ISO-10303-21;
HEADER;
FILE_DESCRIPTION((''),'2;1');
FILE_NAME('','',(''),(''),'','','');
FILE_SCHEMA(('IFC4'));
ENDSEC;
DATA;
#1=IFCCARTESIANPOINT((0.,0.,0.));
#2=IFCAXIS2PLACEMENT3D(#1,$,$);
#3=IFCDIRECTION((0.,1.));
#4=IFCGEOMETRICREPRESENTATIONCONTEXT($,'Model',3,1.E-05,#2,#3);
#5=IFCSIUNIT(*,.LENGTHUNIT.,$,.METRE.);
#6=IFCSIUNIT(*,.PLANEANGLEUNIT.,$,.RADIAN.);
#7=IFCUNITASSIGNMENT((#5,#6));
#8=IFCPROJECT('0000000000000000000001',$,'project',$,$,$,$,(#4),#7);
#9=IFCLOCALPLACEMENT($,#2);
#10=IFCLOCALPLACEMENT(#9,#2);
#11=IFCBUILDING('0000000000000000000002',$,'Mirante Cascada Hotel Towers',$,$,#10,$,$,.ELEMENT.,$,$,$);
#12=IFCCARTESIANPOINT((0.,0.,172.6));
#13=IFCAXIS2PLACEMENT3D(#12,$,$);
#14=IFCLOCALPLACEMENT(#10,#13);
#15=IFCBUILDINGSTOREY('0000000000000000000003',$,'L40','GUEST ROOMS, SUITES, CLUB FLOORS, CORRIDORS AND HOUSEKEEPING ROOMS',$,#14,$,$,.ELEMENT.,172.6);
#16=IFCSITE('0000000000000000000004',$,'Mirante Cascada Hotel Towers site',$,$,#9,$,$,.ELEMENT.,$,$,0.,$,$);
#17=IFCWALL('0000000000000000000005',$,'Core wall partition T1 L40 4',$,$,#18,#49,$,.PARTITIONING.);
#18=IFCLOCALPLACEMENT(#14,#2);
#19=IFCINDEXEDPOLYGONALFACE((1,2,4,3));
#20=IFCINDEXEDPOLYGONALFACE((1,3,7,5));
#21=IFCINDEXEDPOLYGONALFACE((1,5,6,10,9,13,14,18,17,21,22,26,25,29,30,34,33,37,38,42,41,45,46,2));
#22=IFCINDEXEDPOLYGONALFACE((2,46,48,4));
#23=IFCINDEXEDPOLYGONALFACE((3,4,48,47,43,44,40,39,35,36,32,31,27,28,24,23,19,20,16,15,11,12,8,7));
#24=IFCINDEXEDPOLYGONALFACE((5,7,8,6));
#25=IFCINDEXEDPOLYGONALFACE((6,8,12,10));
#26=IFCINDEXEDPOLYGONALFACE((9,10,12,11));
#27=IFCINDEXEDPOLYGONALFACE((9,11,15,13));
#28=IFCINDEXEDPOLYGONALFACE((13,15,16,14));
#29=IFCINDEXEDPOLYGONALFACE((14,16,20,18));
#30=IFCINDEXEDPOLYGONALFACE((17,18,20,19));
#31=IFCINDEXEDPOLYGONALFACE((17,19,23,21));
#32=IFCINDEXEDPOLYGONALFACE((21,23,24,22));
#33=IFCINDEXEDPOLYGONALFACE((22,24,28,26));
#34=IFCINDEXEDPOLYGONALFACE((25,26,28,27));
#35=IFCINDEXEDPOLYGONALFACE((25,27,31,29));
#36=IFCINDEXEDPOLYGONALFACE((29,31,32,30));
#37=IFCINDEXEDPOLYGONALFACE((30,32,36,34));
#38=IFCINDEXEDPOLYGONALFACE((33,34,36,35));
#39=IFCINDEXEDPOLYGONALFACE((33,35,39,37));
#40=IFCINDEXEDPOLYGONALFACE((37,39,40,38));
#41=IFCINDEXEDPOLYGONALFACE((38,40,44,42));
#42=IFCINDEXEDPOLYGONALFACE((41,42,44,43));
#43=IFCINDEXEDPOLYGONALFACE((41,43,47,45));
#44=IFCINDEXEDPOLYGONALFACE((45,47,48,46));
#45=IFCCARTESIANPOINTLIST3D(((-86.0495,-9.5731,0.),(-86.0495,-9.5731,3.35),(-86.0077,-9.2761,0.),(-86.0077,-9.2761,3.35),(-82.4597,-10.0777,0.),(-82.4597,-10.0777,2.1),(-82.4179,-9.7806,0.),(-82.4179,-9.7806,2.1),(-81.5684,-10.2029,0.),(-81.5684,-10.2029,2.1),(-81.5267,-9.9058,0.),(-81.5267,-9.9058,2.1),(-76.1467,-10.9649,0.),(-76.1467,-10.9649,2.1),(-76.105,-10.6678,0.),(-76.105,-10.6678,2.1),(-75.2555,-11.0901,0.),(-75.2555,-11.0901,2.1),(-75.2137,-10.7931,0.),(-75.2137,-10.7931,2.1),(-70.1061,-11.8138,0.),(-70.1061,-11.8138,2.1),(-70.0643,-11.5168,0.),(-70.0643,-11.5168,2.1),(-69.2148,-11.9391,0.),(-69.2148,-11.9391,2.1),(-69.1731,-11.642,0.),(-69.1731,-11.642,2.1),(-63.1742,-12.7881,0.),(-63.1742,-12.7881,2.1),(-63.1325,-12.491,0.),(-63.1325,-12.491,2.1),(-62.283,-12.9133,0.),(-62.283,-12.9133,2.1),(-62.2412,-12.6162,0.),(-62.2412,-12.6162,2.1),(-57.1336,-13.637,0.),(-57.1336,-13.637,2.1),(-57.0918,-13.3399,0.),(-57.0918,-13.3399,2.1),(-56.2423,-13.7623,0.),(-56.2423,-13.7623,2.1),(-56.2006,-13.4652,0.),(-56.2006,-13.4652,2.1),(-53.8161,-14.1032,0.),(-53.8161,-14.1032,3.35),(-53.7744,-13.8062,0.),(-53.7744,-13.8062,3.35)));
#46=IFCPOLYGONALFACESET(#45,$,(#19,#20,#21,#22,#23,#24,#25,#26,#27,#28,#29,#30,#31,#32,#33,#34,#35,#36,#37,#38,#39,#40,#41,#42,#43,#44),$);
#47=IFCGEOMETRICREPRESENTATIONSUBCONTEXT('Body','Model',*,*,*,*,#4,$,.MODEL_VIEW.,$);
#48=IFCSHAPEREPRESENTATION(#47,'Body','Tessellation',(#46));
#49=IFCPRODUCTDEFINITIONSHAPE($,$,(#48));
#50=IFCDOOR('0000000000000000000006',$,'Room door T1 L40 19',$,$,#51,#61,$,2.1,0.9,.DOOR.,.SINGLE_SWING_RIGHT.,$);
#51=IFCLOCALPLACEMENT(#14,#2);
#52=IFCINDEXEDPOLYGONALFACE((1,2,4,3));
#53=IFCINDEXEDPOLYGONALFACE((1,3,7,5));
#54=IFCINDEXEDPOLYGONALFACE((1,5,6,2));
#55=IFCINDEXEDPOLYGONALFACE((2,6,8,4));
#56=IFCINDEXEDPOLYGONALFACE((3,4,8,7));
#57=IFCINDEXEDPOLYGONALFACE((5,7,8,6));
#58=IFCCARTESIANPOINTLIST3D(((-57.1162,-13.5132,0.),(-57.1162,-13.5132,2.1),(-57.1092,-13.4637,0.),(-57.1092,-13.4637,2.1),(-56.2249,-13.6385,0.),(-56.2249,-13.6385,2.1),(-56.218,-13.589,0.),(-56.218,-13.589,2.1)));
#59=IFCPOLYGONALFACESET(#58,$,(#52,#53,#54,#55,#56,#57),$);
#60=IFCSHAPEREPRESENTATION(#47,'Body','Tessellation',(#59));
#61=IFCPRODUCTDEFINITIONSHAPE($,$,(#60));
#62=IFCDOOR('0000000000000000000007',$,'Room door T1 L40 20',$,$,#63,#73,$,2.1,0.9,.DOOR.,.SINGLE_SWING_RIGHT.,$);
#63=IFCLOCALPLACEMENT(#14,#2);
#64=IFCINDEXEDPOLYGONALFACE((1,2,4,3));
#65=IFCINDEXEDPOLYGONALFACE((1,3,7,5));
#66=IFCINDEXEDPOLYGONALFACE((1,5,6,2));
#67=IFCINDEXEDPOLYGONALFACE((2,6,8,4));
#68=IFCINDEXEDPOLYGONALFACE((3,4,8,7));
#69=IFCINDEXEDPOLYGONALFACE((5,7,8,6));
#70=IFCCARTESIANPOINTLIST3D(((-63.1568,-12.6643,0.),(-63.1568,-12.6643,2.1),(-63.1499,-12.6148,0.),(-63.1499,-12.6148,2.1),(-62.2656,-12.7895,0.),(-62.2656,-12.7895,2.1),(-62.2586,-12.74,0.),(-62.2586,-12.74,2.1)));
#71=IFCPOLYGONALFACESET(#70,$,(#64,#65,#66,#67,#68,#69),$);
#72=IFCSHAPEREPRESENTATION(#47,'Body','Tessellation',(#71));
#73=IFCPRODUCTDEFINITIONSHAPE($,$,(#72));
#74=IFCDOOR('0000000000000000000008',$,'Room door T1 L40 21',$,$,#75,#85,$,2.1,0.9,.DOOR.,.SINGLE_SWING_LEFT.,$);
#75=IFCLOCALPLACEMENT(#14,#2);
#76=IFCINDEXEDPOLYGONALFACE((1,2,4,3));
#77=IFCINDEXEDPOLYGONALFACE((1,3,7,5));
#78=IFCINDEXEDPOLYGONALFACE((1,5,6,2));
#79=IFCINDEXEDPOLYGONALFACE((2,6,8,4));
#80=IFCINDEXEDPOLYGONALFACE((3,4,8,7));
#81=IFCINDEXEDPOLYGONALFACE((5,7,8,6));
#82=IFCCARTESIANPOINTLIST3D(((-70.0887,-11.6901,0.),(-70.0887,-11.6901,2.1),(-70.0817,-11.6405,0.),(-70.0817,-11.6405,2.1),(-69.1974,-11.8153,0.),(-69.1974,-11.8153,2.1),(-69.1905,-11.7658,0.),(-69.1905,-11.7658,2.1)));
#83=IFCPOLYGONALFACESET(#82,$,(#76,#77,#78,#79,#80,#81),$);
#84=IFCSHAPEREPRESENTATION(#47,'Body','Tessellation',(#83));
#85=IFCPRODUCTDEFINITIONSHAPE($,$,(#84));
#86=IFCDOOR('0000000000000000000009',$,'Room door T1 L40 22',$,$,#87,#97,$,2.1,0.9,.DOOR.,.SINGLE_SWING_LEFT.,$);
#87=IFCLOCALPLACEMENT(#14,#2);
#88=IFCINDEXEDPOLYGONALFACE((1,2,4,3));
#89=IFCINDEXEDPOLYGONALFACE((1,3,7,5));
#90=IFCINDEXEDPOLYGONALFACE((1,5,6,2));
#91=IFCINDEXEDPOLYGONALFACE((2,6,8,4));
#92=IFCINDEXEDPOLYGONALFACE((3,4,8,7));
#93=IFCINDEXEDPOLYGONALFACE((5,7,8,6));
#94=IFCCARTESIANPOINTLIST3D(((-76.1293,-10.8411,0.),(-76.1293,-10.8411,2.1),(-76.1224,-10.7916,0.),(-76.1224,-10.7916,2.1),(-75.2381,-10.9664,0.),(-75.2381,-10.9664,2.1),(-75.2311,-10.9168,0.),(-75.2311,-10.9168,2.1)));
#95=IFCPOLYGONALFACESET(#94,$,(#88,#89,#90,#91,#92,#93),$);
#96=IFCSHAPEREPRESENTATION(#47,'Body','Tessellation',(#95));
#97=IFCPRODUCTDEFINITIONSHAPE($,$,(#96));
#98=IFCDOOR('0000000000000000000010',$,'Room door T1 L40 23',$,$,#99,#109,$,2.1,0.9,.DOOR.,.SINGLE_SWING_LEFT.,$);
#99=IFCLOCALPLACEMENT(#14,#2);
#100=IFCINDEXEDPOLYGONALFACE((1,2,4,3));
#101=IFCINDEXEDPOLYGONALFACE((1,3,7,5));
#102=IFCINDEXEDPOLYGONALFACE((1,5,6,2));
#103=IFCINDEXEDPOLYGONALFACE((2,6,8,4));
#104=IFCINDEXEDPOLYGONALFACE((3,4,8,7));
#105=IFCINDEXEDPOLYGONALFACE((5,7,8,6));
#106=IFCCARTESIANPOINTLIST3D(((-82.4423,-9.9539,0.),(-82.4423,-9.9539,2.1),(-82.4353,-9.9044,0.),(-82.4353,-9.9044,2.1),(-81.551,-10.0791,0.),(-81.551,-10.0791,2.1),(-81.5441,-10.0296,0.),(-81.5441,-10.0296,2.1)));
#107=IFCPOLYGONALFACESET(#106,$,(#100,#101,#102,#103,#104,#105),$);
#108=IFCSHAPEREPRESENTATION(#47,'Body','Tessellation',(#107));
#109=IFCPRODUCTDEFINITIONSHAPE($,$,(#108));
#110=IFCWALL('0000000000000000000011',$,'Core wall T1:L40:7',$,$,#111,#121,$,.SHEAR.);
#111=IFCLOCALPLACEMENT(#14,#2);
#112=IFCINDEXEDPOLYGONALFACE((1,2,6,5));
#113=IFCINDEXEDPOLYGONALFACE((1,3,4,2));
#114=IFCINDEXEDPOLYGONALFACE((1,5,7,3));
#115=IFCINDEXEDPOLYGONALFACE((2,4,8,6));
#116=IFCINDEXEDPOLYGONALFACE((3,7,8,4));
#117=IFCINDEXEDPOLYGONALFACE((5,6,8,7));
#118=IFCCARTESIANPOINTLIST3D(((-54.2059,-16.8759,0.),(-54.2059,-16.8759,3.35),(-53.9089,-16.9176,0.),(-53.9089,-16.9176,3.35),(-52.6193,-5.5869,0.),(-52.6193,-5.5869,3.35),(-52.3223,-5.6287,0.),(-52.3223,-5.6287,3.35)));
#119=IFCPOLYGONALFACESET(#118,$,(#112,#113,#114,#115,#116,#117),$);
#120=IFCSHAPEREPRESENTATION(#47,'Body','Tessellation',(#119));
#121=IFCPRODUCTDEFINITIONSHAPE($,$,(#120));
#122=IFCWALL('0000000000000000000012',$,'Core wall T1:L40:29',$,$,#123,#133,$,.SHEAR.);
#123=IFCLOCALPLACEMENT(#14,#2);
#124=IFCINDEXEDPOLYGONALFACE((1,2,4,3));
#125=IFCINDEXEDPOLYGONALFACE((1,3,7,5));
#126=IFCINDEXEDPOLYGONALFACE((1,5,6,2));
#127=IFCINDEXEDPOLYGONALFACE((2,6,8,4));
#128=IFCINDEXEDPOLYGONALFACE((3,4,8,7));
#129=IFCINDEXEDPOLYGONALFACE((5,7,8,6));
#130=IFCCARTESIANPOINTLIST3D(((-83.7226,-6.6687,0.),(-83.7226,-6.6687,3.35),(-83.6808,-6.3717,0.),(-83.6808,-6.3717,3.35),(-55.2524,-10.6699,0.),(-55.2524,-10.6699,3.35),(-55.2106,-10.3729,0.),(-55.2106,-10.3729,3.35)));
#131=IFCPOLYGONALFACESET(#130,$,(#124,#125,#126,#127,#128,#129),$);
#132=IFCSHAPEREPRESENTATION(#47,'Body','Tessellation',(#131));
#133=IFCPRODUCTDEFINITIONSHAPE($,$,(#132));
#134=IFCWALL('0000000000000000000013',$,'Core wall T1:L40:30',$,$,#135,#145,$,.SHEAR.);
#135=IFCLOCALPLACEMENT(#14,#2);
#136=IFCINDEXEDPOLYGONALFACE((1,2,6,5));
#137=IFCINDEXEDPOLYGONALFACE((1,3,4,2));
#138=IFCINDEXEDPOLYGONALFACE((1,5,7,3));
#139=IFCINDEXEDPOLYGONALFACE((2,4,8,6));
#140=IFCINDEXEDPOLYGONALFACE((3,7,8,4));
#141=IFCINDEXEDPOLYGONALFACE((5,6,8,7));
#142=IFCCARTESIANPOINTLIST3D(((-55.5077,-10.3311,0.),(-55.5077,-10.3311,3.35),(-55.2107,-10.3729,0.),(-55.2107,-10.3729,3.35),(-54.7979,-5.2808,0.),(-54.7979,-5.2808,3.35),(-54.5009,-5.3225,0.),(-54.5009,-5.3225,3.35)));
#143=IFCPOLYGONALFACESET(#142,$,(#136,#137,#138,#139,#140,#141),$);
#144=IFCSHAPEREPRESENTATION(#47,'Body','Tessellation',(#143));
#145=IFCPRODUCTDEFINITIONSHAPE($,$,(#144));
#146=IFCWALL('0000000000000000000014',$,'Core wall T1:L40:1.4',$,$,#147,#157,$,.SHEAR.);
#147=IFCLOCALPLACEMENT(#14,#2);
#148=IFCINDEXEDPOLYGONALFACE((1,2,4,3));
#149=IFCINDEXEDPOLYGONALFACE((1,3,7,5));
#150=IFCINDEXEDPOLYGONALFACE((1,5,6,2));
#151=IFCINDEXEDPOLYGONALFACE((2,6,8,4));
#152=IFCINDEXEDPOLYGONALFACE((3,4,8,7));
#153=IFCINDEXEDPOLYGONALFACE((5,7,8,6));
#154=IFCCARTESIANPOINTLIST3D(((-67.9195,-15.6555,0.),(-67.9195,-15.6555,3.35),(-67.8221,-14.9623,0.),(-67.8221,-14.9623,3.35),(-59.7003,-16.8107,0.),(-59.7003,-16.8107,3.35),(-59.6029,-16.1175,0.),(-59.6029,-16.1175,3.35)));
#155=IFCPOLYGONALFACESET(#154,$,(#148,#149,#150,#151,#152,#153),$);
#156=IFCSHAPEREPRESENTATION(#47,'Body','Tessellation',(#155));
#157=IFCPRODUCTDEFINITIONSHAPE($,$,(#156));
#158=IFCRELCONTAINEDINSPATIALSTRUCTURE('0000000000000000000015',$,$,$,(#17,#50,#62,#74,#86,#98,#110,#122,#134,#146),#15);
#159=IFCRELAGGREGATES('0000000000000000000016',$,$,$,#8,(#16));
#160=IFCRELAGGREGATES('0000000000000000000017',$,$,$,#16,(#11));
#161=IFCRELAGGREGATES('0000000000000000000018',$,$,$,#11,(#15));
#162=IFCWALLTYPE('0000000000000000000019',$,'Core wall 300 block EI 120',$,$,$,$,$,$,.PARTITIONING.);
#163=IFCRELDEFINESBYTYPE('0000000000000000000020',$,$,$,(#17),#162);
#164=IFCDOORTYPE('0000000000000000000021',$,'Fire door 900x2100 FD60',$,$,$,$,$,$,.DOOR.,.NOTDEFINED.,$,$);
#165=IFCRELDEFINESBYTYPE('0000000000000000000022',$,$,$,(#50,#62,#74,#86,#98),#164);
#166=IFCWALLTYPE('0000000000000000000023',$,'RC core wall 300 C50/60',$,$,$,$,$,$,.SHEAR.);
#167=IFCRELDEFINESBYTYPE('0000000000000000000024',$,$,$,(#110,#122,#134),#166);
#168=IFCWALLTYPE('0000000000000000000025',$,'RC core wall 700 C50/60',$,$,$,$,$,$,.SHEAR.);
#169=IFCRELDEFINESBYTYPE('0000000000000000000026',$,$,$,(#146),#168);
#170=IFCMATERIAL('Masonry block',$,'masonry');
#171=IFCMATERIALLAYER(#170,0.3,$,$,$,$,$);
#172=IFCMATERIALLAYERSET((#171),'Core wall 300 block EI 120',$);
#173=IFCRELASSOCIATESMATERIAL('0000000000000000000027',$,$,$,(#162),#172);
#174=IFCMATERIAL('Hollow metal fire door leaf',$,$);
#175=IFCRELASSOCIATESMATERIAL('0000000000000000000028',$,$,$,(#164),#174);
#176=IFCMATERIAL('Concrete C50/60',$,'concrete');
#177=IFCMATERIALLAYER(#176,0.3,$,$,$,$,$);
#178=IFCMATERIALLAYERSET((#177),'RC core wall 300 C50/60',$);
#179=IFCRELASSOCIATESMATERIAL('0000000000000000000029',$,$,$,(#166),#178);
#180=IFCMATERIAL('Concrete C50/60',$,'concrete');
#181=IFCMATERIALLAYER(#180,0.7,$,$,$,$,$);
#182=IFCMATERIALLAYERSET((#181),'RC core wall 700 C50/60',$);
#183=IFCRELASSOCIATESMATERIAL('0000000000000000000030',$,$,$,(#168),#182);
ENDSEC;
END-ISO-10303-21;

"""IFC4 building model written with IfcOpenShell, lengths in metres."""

from ifc_helpers import new_model, si_unit, direction, frame, frame_2d, origin, place, context, subcontext, project, spatial, rectangle, extrude, material, layer, layer_set, type_object, element, fill, save


model = new_model("IFC4")

# Units and contexts
model_context = context("Model", 3, precision=1e-05, world=origin(), true_north=direction((0.0, 1.0)))
body_context = subcontext(model_context, "Body", "Model", "MODEL_VIEW")
ifc_project = project(units=[si_unit("LENGTHUNIT", "METRE"), si_unit("PLANEANGLEUNIT", "RADIAN")], contexts=[model_context])

# Site, building, storey
site_placement = place(None, origin())
site = spatial("IfcSite", under=ifc_project, at=site_placement, Name="Mirante Cascada Hotel Towers site", CompositionType="ELEMENT", RefElevation=0.0)
building_placement = place(site_placement, origin())
building = spatial("IfcBuilding", under=site, at=building_placement, Name="Mirante Cascada Hotel Towers", CompositionType="ELEMENT")
storey_placement = place(building_placement, frame((0.0, 0.0, 172.6)))
storey = spatial("IfcBuildingStorey", under=building, at=storey_placement, Name="L40", Description="GUEST ROOMS, SUITES, CLUB FLOORS, CORRIDORS AND HOUSEKEEPING ROOMS", CompositionType="ELEMENT", Elevation=172.6)

# Wall, openings, doors
ifc_material_1 = material(Name="Masonry block", Category="masonry")
ifc_layer_1 = layer(ifc_material_1, 0.3)
ifc_layer_set_1 = layer_set([ifc_layer_1], Name="Core wall 300 block EI 120")
wall_type_1 = type_object("IfcWallType", Name="Core wall 300 block EI 120", PredefinedType="PARTITIONING", material=ifc_layer_set_1)
wall_1_placement = place(storey_placement, frame((-53.7953, -13.9547, 0.0), z_axis=(0.0, 0.0, 1.0), x_axis=(-0.990268, 0.139173, 0.0)))
wall_1 = element("IfcWall", 1, at=wall_1_placement, inside=storey, type_object=wall_type_1, Name="Core wall partition T1 L40 4", PredefinedType="PARTITIONING", context=body_context, shape_type="SweptSolid", body=[
    extrude(rectangle(XDim=32.5501, YDim=0.3, at=frame_2d((16.275, 0.0))), origin(), (0.0, 0.0, 1.0), 3.35),
])
opening_1_placement = place(wall_1_placement, frame((2.45, 0.0, 0.0)))
opening_1 = element("IfcOpeningElement", 2, at=opening_1_placement, cuts=wall_1, PredefinedType="OPENING", context=body_context, shape_type="SweptSolid", body=[
    extrude(rectangle(XDim=0.9, YDim=2.1, at=frame_2d((0.45, 1.05))), frame((0.0, 0.15, 0.0), z_axis=(0.0, -1.0, 0.0), x_axis=(1.0, 0.0, 0.0)), (0.0, 0.0, 1.0), 0.3),
])
opening_2_placement = place(wall_1_placement, frame((8.55, 0.0, 0.0)))
opening_2 = element("IfcOpeningElement", 3, at=opening_2_placement, cuts=wall_1, PredefinedType="OPENING", context=body_context, shape_type="SweptSolid", body=[
    extrude(rectangle(XDim=0.9, YDim=2.1, at=frame_2d((0.45, 1.05))), frame((0.0, 0.15, 0.0), z_axis=(0.0, -1.0, 0.0), x_axis=(1.0, 0.0, 0.0)), (0.0, 0.0, 1.0), 0.3),
])
opening_3_placement = place(wall_1_placement, frame((15.55, 0.0, 0.0)))
opening_3 = element("IfcOpeningElement", 4, at=opening_3_placement, cuts=wall_1, PredefinedType="OPENING", context=body_context, shape_type="SweptSolid", body=[
    extrude(rectangle(XDim=0.9, YDim=2.1, at=frame_2d((0.45, 1.05))), frame((0.0, 0.15, 0.0), z_axis=(0.0, -1.0, 0.0), x_axis=(1.0, 0.0, 0.0)), (0.0, 0.0, 1.0), 0.3),
])
opening_4_placement = place(wall_1_placement, frame((21.65, 0.0, 0.0)))
opening_4 = element("IfcOpeningElement", 5, at=opening_4_placement, cuts=wall_1, PredefinedType="OPENING", context=body_context, shape_type="SweptSolid", body=[
    extrude(rectangle(XDim=0.9, YDim=2.1, at=frame_2d((0.45, 1.05))), frame((0.0, 0.15, 0.0), z_axis=(0.0, -1.0, 0.0), x_axis=(1.0, 0.0, 0.0)), (0.0, 0.0, 1.0), 0.3),
])
opening_5_placement = place(wall_1_placement, frame((28.025, 0.0, 0.0)))
opening_5 = element("IfcOpeningElement", 6, at=opening_5_placement, cuts=wall_1, PredefinedType="OPENING", context=body_context, shape_type="SweptSolid", body=[
    extrude(rectangle(XDim=0.9, YDim=2.1, at=frame_2d((0.45, 1.05))), frame((0.0, 0.15, 0.0), z_axis=(0.0, -1.0, 0.0), x_axis=(1.0, 0.0, 0.0)), (0.0, 0.0, 1.0), 0.3),
])
ifc_material_2 = material(Name="Hollow metal fire door leaf")
door_type = type_object("IfcDoorType", Name="Fire door 900x2100 FD60", OperationType="NOTDEFINED", PredefinedType="DOOR", material=ifc_material_2)
door_1_placement = place(opening_1_placement, origin())
door_1 = element("IfcDoor", 7, at=door_1_placement, inside=storey, type_object=door_type, Name="Room door T1 L40 19", OperationType="SINGLE_SWING_RIGHT", OverallHeight=2.1, OverallWidth=0.9, PredefinedType="DOOR", context=body_context, shape_type="SweptSolid", body=[
    extrude(rectangle(XDim=0.9, YDim=2.1, at=frame_2d((0.45, 1.05))), frame((0.0, 0.025, 0.0), z_axis=(0.0, -1.0, 0.0), x_axis=(1.0, 0.0, 0.0)), (0.0, 0.0, 1.0), 0.05),
])
fill(opening_1, door_1)
door_2_placement = place(opening_2_placement, origin())
door_2 = element("IfcDoor", 8, at=door_2_placement, inside=storey, type_object=door_type, Name="Room door T1 L40 20", OperationType="SINGLE_SWING_RIGHT", OverallHeight=2.1, OverallWidth=0.9, PredefinedType="DOOR", context=body_context, shape_type="SweptSolid", body=[
    extrude(rectangle(XDim=0.9, YDim=2.1, at=frame_2d((0.45, 1.05))), frame((0.0, 0.025, 0.0), z_axis=(0.0, -1.0, 0.0), x_axis=(1.0, 0.0, 0.0)), (0.0, 0.0, 1.0), 0.05),
])
fill(opening_2, door_2)
door_3_placement = place(opening_3_placement, origin())
door_3 = element("IfcDoor", 9, at=door_3_placement, inside=storey, type_object=door_type, Name="Room door T1 L40 21", OperationType="SINGLE_SWING_LEFT", OverallHeight=2.1, OverallWidth=0.9, PredefinedType="DOOR", context=body_context, shape_type="SweptSolid", body=[
    extrude(rectangle(XDim=0.9, YDim=2.1, at=frame_2d((0.45, 1.05))), frame((0.0, 0.025, 0.0), z_axis=(0.0, -1.0, 0.0), x_axis=(1.0, 0.0, 0.0)), (0.0, 0.0, 1.0), 0.05),
])
fill(opening_3, door_3)
door_4_placement = place(opening_4_placement, origin())
door_4 = element("IfcDoor", 10, at=door_4_placement, inside=storey, type_object=door_type, Name="Room door T1 L40 22", OperationType="SINGLE_SWING_LEFT", OverallHeight=2.1, OverallWidth=0.9, PredefinedType="DOOR", context=body_context, shape_type="SweptSolid", body=[
    extrude(rectangle(XDim=0.9, YDim=2.1, at=frame_2d((0.45, 1.05))), frame((0.0, 0.025, 0.0), z_axis=(0.0, -1.0, 0.0), x_axis=(1.0, 0.0, 0.0)), (0.0, 0.0, 1.0), 0.05),
])
fill(opening_4, door_4)
door_5_placement = place(opening_5_placement, origin())
door_5 = element("IfcDoor", 11, at=door_5_placement, inside=storey, type_object=door_type, Name="Room door T1 L40 23", OperationType="SINGLE_SWING_LEFT", OverallHeight=2.1, OverallWidth=0.9, PredefinedType="DOOR", context=body_context, shape_type="SweptSolid", body=[
    extrude(rectangle(XDim=0.9, YDim=2.1, at=frame_2d((0.45, 1.05))), frame((0.0, 0.025, 0.0), z_axis=(0.0, -1.0, 0.0), x_axis=(1.0, 0.0, 0.0)), (0.0, 0.0, 1.0), 0.05),
])
fill(opening_5, door_5)

# Walls
ifc_material_3 = material(Name="Concrete C50/60", Category="concrete")
ifc_layer_2 = layer(ifc_material_3, 0.3)
ifc_layer_set_2 = layer_set([ifc_layer_2], Name="RC core wall 300 C50/60")
wall_type_2 = type_object("IfcWallType", Name="RC core wall 300 C50/60", PredefinedType="SHEAR", material=ifc_layer_set_2)
wall_2_placement = place(storey_placement, frame((-54.0574, -16.8968, 0.0), z_axis=(0.0, 0.0, 1.0), x_axis=(0.139176, 0.990268, 0.0)))
element("IfcWall", 12, at=wall_2_placement, inside=storey, type_object=wall_type_2, Name="Core wall T1:L40:7", PredefinedType="SHEAR", context=body_context, shape_type="SweptSolid", body=[
    extrude(rectangle(XDim=11.3999, YDim=0.3, at=frame_2d((5.7, 0.0))), origin(), (0.0, 0.0, 1.0), 3.35),
])
wall_3_placement = place(storey_placement, frame((-55.2315, -10.5214, 0.0), z_axis=(0.0, 0.0, 1.0), x_axis=(-0.990268, 0.139172, 0.0)))
element("IfcWall", 13, at=wall_3_placement, inside=storey, type_object=wall_type_2, Name="Core wall T1:L40:29", PredefinedType="SHEAR", context=body_context, shape_type="SweptSolid", body=[
    extrude(rectangle(XDim=28.75, YDim=0.3, at=frame_2d((14.375, 0.0))), origin(), (0.0, 0.0, 1.0), 3.35),
])
wall_4_placement = place(storey_placement, frame((-55.3592, -10.352, 0.0), z_axis=(0.0, 0.0, 1.0), x_axis=(0.139176, 0.990268, 0.0)))
element("IfcWall", 14, at=wall_4_placement, inside=storey, type_object=wall_type_2, Name="Core wall T1:L40:30", PredefinedType="SHEAR", context=body_context, shape_type="SweptSolid", body=[
    extrude(rectangle(XDim=5.1, YDim=0.3, at=frame_2d((2.55, 0.0))), origin(), (0.0, 0.0, 1.0), 3.35),
])
ifc_material_4 = material(Name="Concrete C50/60", Category="concrete")
ifc_layer_3 = layer(ifc_material_4, 0.7)
ifc_layer_set_3 = layer_set([ifc_layer_3], Name="RC core wall 700 C50/60")
wall_type_3 = type_object("IfcWallType", Name="RC core wall 700 C50/60", PredefinedType="SHEAR", material=ifc_layer_set_3)
wall_5_placement = place(storey_placement, frame((-59.6516, -16.4641, 0.0), z_axis=(0.0, 0.0, 1.0), x_axis=(-0.990267, 0.139181, 0.0)))
element("IfcWall", 15, at=wall_5_placement, inside=storey, type_object=wall_type_3, Name="Core wall T1:L40:1.4", PredefinedType="SHEAR", context=body_context, shape_type="SweptSolid", body=[
    extrude(rectangle(XDim=8.3, YDim=0.7, at=frame_2d((4.15, 0.0))), origin(), (0.0, 0.0, 1.0), 3.35),
])

save(model, "model.ifc")
